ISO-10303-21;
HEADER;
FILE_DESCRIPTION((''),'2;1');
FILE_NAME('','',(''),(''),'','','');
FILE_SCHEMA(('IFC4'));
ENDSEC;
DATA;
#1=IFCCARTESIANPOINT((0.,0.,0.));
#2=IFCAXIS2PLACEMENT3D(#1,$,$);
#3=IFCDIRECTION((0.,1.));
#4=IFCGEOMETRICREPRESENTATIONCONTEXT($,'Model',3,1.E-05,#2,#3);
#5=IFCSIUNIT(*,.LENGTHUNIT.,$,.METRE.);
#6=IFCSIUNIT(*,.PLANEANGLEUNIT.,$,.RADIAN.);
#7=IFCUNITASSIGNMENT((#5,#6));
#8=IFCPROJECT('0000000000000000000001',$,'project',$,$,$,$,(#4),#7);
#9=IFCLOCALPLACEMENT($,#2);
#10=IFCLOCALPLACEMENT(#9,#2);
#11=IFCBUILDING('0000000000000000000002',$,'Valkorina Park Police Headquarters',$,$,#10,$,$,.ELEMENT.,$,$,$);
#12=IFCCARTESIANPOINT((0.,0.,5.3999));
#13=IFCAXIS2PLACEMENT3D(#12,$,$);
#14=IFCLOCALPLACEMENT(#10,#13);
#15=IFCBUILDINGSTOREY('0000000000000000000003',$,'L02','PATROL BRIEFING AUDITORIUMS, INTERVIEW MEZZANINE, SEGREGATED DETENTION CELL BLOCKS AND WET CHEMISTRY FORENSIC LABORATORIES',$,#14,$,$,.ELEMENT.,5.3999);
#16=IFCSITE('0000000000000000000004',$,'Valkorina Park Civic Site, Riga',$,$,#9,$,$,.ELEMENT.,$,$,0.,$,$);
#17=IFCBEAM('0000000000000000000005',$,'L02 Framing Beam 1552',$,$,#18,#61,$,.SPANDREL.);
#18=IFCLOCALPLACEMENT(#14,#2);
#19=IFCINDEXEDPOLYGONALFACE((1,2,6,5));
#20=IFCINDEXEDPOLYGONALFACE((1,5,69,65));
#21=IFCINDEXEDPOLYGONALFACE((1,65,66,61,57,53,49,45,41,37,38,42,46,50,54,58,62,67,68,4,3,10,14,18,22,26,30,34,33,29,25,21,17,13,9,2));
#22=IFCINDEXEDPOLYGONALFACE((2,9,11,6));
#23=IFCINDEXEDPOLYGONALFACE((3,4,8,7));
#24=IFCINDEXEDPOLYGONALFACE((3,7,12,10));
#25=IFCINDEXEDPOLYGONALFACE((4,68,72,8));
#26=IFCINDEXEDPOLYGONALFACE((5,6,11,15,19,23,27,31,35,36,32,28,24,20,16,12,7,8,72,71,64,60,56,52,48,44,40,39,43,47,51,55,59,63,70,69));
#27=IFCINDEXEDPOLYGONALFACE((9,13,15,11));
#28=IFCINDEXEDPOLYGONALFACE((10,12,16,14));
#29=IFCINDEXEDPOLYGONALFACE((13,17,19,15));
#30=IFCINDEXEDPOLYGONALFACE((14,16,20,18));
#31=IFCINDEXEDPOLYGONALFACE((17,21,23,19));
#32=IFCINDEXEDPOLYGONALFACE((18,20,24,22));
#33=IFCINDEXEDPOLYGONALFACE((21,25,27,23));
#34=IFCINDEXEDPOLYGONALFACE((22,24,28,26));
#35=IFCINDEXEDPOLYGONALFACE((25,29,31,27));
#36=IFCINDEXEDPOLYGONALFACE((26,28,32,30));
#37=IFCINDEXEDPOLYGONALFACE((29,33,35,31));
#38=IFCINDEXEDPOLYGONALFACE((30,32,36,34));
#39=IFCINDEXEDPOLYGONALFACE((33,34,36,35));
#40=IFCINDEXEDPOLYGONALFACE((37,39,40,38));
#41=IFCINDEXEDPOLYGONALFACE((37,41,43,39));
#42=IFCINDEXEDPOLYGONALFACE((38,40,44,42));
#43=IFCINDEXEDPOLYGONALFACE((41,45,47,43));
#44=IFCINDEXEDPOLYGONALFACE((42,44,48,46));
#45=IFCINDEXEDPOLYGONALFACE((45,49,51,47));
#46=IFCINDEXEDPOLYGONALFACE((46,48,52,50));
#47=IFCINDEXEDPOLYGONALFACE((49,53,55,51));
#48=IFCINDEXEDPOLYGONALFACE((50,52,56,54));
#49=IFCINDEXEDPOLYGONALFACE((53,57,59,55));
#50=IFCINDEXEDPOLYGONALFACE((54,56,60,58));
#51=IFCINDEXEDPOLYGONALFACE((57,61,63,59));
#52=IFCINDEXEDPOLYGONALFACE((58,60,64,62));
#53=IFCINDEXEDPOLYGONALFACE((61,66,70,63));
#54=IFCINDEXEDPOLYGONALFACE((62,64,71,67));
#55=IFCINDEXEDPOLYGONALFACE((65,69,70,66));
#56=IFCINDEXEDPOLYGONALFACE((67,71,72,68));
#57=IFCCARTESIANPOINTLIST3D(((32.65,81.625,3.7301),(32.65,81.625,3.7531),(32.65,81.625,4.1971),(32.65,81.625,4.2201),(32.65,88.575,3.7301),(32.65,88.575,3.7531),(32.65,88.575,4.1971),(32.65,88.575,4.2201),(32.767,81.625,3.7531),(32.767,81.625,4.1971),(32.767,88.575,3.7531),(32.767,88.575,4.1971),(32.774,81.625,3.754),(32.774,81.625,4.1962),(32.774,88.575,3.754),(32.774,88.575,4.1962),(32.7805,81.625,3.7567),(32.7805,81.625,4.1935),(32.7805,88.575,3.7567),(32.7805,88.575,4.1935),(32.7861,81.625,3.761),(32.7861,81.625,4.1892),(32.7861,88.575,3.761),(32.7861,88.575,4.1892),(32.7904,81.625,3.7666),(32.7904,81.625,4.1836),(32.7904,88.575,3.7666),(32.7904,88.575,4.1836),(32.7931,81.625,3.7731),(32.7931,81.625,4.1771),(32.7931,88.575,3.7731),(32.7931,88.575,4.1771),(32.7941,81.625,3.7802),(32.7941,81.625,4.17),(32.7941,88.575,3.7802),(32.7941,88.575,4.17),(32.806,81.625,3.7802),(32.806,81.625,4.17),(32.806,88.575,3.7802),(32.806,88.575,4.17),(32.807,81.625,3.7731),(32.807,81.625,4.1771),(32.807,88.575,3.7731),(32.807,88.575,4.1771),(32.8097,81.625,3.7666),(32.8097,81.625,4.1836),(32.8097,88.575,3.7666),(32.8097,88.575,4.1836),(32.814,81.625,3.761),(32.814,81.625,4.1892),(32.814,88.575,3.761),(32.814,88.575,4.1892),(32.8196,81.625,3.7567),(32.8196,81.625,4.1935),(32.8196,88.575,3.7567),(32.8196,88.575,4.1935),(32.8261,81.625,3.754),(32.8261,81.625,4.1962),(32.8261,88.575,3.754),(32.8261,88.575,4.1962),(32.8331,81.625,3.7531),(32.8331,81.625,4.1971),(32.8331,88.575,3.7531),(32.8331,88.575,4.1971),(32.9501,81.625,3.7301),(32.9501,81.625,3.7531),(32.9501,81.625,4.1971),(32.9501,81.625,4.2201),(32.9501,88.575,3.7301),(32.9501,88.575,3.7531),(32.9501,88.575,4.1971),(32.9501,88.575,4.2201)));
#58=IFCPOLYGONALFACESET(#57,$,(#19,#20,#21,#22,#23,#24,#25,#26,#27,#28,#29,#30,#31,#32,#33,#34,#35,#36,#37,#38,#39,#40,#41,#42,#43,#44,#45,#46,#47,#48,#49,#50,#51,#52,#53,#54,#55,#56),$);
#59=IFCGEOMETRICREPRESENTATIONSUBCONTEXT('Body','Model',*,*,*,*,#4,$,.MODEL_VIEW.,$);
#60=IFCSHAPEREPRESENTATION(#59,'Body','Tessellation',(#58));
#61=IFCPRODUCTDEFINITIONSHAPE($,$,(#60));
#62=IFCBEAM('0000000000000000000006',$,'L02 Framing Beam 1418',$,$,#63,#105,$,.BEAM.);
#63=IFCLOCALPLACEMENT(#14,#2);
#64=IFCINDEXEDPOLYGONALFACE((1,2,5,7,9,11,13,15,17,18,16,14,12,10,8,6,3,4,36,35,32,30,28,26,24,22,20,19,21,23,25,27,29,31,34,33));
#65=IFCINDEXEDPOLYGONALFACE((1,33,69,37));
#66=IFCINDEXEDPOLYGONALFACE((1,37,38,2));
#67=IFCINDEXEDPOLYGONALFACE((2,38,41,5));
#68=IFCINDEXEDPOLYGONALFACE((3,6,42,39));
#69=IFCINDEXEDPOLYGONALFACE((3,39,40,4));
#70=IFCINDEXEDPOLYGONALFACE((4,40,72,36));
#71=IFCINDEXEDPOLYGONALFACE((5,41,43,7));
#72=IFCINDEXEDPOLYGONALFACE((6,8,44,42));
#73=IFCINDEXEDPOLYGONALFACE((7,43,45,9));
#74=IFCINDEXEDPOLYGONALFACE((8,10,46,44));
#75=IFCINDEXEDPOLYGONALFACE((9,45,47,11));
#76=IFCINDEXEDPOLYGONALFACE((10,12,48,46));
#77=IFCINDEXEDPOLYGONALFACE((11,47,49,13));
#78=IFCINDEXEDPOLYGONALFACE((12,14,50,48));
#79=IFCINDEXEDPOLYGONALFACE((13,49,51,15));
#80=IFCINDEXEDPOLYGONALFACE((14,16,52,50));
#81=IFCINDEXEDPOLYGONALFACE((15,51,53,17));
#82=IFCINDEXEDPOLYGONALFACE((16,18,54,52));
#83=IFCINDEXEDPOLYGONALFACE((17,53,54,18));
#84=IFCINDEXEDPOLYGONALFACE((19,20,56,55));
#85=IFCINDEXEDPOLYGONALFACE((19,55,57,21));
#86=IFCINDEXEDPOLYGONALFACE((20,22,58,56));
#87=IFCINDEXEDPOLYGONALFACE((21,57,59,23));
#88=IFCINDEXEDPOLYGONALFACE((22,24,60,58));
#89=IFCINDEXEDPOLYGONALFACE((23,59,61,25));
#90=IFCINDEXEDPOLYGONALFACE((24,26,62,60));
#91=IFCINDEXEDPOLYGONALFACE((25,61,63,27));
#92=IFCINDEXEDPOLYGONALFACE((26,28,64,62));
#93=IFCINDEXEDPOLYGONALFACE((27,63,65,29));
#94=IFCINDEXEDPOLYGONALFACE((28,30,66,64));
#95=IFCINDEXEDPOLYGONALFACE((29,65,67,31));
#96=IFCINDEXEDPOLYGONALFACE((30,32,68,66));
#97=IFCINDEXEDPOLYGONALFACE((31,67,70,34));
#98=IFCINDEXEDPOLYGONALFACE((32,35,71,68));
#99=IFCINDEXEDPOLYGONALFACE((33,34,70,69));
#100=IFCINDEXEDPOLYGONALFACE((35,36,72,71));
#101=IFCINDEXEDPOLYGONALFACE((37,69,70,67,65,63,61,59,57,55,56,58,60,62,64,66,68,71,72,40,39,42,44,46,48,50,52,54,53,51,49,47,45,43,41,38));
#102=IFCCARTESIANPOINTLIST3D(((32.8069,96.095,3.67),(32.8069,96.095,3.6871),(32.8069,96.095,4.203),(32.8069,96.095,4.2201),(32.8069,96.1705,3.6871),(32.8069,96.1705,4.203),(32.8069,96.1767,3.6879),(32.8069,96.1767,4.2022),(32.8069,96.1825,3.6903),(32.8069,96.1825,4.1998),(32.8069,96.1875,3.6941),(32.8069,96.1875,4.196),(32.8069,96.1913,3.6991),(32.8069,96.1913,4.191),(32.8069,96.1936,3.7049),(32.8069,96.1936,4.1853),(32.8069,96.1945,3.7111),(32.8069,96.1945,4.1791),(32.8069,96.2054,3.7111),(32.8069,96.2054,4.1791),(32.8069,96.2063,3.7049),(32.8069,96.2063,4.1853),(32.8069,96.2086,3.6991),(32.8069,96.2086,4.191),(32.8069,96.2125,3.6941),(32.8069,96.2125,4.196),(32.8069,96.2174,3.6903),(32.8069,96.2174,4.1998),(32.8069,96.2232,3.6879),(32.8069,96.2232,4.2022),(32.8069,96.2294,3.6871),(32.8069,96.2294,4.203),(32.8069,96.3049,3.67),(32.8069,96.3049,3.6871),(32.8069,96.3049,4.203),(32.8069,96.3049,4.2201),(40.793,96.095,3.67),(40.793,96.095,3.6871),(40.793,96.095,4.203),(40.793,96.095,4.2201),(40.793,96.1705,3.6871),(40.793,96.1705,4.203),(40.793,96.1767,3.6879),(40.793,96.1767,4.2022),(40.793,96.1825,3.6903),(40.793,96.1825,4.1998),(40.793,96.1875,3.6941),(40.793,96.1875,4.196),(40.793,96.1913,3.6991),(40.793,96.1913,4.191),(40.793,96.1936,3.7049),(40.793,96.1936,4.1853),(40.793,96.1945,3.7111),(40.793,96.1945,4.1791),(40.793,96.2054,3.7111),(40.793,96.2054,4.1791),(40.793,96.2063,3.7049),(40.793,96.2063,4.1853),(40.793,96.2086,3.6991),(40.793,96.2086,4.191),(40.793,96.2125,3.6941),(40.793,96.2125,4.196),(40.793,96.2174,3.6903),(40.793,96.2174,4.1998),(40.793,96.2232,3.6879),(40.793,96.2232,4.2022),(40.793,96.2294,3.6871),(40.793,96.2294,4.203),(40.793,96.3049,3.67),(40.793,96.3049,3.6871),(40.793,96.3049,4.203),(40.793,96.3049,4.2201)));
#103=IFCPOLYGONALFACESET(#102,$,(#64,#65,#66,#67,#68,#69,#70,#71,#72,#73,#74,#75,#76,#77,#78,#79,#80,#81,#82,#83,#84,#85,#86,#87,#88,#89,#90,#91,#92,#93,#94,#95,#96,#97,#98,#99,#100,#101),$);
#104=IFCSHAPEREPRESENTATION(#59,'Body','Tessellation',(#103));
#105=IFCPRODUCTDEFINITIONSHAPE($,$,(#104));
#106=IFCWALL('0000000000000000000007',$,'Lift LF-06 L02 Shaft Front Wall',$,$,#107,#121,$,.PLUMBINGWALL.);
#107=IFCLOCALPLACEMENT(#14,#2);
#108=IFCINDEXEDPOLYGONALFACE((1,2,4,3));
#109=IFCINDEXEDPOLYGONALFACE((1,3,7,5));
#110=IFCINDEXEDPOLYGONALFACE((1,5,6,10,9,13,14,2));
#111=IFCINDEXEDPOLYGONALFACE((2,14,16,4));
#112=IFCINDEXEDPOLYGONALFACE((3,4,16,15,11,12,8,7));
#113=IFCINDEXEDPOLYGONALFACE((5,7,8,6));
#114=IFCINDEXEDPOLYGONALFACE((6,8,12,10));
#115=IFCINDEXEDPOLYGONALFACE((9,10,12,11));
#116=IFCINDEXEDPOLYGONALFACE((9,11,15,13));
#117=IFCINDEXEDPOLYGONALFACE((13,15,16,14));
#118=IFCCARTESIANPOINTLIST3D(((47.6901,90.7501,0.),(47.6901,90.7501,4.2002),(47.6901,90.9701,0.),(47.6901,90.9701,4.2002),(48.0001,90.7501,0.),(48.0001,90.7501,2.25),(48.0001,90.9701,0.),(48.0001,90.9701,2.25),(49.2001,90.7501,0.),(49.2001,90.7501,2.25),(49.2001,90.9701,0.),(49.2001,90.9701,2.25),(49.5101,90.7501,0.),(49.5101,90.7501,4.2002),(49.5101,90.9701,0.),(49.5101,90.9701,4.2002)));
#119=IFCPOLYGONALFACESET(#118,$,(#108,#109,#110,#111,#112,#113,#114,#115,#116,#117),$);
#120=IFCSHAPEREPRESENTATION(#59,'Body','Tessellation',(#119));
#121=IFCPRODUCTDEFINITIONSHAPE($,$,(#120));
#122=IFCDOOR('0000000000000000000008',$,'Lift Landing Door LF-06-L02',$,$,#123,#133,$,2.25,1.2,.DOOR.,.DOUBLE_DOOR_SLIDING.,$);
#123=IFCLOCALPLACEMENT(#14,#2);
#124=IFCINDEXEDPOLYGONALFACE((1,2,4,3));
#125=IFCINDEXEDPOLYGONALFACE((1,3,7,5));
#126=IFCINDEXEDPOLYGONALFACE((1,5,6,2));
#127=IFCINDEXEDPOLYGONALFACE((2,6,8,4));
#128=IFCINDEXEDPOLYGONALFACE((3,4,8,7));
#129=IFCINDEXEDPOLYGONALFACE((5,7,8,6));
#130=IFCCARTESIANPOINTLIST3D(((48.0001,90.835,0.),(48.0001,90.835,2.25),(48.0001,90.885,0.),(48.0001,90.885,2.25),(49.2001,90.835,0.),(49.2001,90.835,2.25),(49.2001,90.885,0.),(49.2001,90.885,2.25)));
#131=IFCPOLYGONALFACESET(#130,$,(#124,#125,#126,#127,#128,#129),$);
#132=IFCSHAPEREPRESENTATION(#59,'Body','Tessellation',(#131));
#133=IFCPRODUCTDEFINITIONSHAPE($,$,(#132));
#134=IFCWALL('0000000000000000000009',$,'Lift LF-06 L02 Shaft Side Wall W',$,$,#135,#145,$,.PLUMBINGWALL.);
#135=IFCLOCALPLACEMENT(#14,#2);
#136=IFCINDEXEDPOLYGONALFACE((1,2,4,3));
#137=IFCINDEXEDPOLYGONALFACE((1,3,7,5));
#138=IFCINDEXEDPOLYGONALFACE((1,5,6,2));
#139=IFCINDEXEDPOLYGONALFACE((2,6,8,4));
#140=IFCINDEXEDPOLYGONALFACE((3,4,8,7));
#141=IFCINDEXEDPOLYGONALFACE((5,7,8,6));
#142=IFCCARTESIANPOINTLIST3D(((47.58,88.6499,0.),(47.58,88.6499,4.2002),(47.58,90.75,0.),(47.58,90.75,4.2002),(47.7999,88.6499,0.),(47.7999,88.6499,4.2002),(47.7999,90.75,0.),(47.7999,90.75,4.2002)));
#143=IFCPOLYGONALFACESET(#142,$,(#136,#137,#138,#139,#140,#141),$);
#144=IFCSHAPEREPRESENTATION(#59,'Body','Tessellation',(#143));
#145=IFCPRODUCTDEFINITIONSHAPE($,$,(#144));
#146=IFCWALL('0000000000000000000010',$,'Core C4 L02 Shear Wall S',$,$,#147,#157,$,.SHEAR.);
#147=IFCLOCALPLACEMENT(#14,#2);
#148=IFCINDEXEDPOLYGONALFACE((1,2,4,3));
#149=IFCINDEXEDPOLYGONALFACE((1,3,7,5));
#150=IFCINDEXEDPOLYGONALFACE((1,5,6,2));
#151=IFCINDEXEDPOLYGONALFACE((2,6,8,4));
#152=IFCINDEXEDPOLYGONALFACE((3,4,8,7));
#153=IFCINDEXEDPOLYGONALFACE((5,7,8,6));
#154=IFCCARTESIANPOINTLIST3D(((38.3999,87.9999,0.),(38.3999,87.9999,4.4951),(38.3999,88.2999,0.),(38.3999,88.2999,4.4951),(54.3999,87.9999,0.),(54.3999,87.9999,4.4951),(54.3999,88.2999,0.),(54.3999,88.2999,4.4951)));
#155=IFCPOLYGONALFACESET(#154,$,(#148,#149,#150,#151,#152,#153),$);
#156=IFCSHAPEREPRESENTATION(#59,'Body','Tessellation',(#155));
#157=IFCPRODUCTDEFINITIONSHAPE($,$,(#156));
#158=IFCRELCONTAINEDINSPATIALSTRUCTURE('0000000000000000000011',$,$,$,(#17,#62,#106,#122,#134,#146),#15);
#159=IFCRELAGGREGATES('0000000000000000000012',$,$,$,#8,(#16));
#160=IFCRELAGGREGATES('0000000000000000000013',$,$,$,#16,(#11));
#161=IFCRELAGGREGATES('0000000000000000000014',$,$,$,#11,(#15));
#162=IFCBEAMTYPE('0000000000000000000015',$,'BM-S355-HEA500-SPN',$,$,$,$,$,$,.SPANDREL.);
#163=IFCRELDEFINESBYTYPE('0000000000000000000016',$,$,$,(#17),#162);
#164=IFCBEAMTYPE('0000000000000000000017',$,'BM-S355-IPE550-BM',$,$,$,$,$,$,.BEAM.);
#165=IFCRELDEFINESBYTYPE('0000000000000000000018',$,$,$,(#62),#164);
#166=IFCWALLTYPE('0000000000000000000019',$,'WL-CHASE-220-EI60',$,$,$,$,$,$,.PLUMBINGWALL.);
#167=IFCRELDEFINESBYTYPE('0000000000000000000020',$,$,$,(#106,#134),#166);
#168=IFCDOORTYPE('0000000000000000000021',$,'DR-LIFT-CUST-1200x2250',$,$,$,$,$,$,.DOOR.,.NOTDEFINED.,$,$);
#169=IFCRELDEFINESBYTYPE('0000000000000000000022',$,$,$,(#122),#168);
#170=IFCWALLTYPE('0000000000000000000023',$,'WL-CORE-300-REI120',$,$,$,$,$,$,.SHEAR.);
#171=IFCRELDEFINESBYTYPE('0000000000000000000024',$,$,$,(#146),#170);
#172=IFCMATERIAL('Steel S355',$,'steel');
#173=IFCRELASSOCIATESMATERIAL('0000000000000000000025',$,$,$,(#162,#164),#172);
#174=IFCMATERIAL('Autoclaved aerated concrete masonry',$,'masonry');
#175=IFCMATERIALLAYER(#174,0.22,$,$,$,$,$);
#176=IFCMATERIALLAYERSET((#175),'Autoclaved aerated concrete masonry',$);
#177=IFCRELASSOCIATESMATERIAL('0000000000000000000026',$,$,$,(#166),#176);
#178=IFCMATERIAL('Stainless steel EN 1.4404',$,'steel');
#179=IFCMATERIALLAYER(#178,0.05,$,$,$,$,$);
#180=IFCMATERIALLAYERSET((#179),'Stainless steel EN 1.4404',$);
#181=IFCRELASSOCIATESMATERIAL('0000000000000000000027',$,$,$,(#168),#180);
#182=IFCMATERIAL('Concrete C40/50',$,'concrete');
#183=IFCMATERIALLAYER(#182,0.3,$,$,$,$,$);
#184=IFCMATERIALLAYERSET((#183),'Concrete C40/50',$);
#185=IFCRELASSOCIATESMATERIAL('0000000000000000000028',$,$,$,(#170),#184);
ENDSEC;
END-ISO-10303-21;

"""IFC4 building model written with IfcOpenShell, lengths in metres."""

from ifc_helpers import new_model, si_unit, direction, frame, frame_2d, origin, origin_2d, place, context, subcontext, project, spatial, rectangle, i_section, extrude, material, layer, layer_set, material_profile, profile_set, type_object, element, fill, save


model = new_model("IFC4")

# Units and contexts
model_context = context("Model", 3, precision=1e-05, world=origin(), true_north=direction((0.0, 1.0)))
body_context = subcontext(model_context, "Body", "Model", "MODEL_VIEW")
ifc_project = project(units=[si_unit("LENGTHUNIT", "METRE"), si_unit("PLANEANGLEUNIT", "RADIAN")], contexts=[model_context])

# Site, building, storey
site_placement = place(None, origin())
site = spatial("IfcSite", under=ifc_project, at=site_placement, Name="Valkorina Park Civic Site, Riga", CompositionType="ELEMENT", RefElevation=0.0)
building_placement = place(site_placement, origin())
building = spatial("IfcBuilding", under=site, at=building_placement, Name="Valkorina Park Police Headquarters", CompositionType="ELEMENT")
storey_placement = place(building_placement, frame((0.0, 0.0, 5.3999)))
storey = spatial("IfcBuildingStorey", under=building, at=storey_placement, Name="L02", Description="PATROL BRIEFING AUDITORIUMS, INTERVIEW MEZZANINE, SEGREGATED DETENTION CELL BLOCKS AND WET CHEMISTRY FORENSIC LABORATORIES", CompositionType="ELEMENT", Elevation=5.3999)

# Shared definitions
ifc_material_1 = material(Name="Steel S355", Category="steel")

# Beams
ifc_material_profile_1 = material_profile(ifc_material_1, i_section(OverallWidth=0.3, OverallDepth=0.49, WebThickness=0.012, FlangeThickness=0.0229, FilletRadius=0.0271, at=origin_2d()), Name="HEA 500")
ifc_profile_set_1 = profile_set([ifc_material_profile_1], Name="Steel S355")
beam_type_1 = type_object("IfcBeamType", Name="BM-S355-HEA500-SPN", PredefinedType="SPANDREL", material=ifc_profile_set_1)
beam_1_placement = place(storey_placement, frame((32.8, 81.625, 3.9751), z_axis=(0.0, 1.0, 0.0), x_axis=(-1.0, 0.0, 0.0)))
element("IfcBeam", 1, at=beam_1_placement, inside=storey, type_object=beam_type_1, Name="L02 Framing Beam 1552", PredefinedType="SPANDREL", context=body_context, shape_type="SweptSolid", body=[
    extrude(i_section(OverallWidth=0.3, OverallDepth=0.49, WebThickness=0.012, FlangeThickness=0.0229, FilletRadius=0.0271, at=origin_2d()), origin(), (0.0, 0.0, 1.0), 6.95),
])
ifc_material_profile_2 = material_profile(ifc_material_1, i_section(OverallWidth=0.21, OverallDepth=0.55, WebThickness=0.011, FlangeThickness=0.0171, FilletRadius=0.0239, at=origin_2d()), Name="IPE 550")
ifc_profile_set_2 = profile_set([ifc_material_profile_2], Name="Steel S355")
beam_type_2 = type_object("IfcBeamType", Name="BM-S355-IPE550-BM", PredefinedType="BEAM", material=ifc_profile_set_2)
beam_2_placement = place(storey_placement, frame((32.8069, 96.2, 3.9451), z_axis=(1.0, 0.0, 0.0), x_axis=(0.0, 1.0, 0.0)))
element("IfcBeam", 2, at=beam_2_placement, inside=storey, type_object=beam_type_2, Name="L02 Framing Beam 1418", PredefinedType="BEAM", context=body_context, shape_type="SweptSolid", body=[
    extrude(i_section(OverallWidth=0.21, OverallDepth=0.55, WebThickness=0.011, FlangeThickness=0.0171, FilletRadius=0.0239, at=origin_2d()), origin(), (0.0, 0.0, 1.0), 7.9861),
])

# Wall, opening, door
ifc_material_2 = material(Name="Autoclaved aerated concrete masonry", Category="masonry")
ifc_layer_1 = layer(ifc_material_2, 0.22)
ifc_layer_set_1 = layer_set([ifc_layer_1], Name="Autoclaved aerated concrete masonry")
wall_type_1 = type_object("IfcWallType", Name="WL-CHASE-220-EI60", PredefinedType="PLUMBINGWALL", material=ifc_layer_set_1)
wall_1_placement = place(storey_placement, frame((47.6899, 90.8601, 0.0), z_axis=(0.0, 0.0, 1.0), x_axis=(1.0, 0.0, 0.0)))
wall_1 = element("IfcWall", 3, at=wall_1_placement, inside=storey, type_object=wall_type_1, Name="Lift LF-06 L02 Shaft Front Wall", PredefinedType="PLUMBINGWALL", context=body_context, shape_type="SweptSolid", body=[
    extrude(rectangle(XDim=1.8201, YDim=0.22, at=frame_2d((0.9102, 0.0))), origin(), (0.0, 0.0, 1.0), 4.2002),
])
opening_1_placement = place(wall_1_placement, frame((0.3101, 0.0, 0.0)))
opening_1 = element("IfcOpeningElement", 4, at=opening_1_placement, cuts=wall_1, PredefinedType="OPENING", context=body_context, shape_type="SweptSolid", body=[
    extrude(rectangle(XDim=1.2, YDim=2.25, at=frame_2d((0.6001, 1.125))), frame((0.0, 0.1201, 0.0), z_axis=(0.0, -1.0, 0.0), x_axis=(1.0, 0.0, 0.0)), (0.0, 0.0, 1.0), 0.24),
])
ifc_material_3 = material(Name="Stainless steel EN 1.4404", Category="steel")
ifc_layer_2 = layer(ifc_material_3, 0.05)
ifc_layer_set_2 = layer_set([ifc_layer_2], Name="Stainless steel EN 1.4404")
door_type_1 = type_object("IfcDoorType", Name="DR-LIFT-CUST-1200x2250", OperationType="NOTDEFINED", PredefinedType="DOOR", material=ifc_layer_set_2)
door_1_placement = place(opening_1_placement, origin())
door_1 = element("IfcDoor", 5, at=door_1_placement, inside=storey, type_object=door_type_1, Name="Lift Landing Door LF-06-L02", OperationType="DOUBLE_DOOR_SLIDING", OverallHeight=2.25, OverallWidth=1.2, PredefinedType="DOOR", context=body_context, shape_type="SweptSolid", body=[
    extrude(rectangle(XDim=1.2, YDim=2.25, at=frame_2d((0.6001, 1.125))), frame((0.0, 0.0249, 0.0), z_axis=(0.0, -1.0, 0.0), x_axis=(1.0, 0.0, 0.0)), (0.0, 0.0, 1.0), 0.05),
])
fill(opening_1, door_1)

# Walls
wall_2_placement = place(storey_placement, frame((47.6899, 88.6499, 0.0), z_axis=(0.0, 0.0, 1.0), x_axis=(0.0, 1.0, 0.0)))
element("IfcWall", 6, at=wall_2_placement, inside=storey, type_object=wall_type_1, Name="Lift LF-06 L02 Shaft Side Wall W", PredefinedType="PLUMBINGWALL", context=body_context, shape_type="SweptSolid", body=[
    extrude(rectangle(XDim=2.1001, YDim=0.22, at=frame_2d((1.05, 0.0))), origin(), (0.0, 0.0, 1.0), 4.2002),
])
ifc_material_4 = material(Name="Concrete C40/50", Category="concrete")
ifc_layer_3 = layer(ifc_material_4, 0.3)
ifc_layer_set_3 = layer_set([ifc_layer_3], Name="Concrete C40/50")
wall_type_2 = type_object("IfcWallType", Name="WL-CORE-300-REI120", PredefinedType="SHEAR", material=ifc_layer_set_3)
wall_3_placement = place(storey_placement, frame((38.3999, 88.1499, 0.0), z_axis=(0.0, 0.0, 1.0), x_axis=(1.0, 0.0, 0.0)))
element("IfcWall", 7, at=wall_3_placement, inside=storey, type_object=wall_type_2, Name="Core C4 L02 Shear Wall S", PredefinedType="SHEAR", context=body_context, shape_type="SweptSolid", body=[
    extrude(rectangle(XDim=16.0, YDim=0.3, at=frame_2d((8.0, 0.0))), origin(), (0.0, 0.0, 1.0), 4.4951),
])

save(model, "model.ifc")
